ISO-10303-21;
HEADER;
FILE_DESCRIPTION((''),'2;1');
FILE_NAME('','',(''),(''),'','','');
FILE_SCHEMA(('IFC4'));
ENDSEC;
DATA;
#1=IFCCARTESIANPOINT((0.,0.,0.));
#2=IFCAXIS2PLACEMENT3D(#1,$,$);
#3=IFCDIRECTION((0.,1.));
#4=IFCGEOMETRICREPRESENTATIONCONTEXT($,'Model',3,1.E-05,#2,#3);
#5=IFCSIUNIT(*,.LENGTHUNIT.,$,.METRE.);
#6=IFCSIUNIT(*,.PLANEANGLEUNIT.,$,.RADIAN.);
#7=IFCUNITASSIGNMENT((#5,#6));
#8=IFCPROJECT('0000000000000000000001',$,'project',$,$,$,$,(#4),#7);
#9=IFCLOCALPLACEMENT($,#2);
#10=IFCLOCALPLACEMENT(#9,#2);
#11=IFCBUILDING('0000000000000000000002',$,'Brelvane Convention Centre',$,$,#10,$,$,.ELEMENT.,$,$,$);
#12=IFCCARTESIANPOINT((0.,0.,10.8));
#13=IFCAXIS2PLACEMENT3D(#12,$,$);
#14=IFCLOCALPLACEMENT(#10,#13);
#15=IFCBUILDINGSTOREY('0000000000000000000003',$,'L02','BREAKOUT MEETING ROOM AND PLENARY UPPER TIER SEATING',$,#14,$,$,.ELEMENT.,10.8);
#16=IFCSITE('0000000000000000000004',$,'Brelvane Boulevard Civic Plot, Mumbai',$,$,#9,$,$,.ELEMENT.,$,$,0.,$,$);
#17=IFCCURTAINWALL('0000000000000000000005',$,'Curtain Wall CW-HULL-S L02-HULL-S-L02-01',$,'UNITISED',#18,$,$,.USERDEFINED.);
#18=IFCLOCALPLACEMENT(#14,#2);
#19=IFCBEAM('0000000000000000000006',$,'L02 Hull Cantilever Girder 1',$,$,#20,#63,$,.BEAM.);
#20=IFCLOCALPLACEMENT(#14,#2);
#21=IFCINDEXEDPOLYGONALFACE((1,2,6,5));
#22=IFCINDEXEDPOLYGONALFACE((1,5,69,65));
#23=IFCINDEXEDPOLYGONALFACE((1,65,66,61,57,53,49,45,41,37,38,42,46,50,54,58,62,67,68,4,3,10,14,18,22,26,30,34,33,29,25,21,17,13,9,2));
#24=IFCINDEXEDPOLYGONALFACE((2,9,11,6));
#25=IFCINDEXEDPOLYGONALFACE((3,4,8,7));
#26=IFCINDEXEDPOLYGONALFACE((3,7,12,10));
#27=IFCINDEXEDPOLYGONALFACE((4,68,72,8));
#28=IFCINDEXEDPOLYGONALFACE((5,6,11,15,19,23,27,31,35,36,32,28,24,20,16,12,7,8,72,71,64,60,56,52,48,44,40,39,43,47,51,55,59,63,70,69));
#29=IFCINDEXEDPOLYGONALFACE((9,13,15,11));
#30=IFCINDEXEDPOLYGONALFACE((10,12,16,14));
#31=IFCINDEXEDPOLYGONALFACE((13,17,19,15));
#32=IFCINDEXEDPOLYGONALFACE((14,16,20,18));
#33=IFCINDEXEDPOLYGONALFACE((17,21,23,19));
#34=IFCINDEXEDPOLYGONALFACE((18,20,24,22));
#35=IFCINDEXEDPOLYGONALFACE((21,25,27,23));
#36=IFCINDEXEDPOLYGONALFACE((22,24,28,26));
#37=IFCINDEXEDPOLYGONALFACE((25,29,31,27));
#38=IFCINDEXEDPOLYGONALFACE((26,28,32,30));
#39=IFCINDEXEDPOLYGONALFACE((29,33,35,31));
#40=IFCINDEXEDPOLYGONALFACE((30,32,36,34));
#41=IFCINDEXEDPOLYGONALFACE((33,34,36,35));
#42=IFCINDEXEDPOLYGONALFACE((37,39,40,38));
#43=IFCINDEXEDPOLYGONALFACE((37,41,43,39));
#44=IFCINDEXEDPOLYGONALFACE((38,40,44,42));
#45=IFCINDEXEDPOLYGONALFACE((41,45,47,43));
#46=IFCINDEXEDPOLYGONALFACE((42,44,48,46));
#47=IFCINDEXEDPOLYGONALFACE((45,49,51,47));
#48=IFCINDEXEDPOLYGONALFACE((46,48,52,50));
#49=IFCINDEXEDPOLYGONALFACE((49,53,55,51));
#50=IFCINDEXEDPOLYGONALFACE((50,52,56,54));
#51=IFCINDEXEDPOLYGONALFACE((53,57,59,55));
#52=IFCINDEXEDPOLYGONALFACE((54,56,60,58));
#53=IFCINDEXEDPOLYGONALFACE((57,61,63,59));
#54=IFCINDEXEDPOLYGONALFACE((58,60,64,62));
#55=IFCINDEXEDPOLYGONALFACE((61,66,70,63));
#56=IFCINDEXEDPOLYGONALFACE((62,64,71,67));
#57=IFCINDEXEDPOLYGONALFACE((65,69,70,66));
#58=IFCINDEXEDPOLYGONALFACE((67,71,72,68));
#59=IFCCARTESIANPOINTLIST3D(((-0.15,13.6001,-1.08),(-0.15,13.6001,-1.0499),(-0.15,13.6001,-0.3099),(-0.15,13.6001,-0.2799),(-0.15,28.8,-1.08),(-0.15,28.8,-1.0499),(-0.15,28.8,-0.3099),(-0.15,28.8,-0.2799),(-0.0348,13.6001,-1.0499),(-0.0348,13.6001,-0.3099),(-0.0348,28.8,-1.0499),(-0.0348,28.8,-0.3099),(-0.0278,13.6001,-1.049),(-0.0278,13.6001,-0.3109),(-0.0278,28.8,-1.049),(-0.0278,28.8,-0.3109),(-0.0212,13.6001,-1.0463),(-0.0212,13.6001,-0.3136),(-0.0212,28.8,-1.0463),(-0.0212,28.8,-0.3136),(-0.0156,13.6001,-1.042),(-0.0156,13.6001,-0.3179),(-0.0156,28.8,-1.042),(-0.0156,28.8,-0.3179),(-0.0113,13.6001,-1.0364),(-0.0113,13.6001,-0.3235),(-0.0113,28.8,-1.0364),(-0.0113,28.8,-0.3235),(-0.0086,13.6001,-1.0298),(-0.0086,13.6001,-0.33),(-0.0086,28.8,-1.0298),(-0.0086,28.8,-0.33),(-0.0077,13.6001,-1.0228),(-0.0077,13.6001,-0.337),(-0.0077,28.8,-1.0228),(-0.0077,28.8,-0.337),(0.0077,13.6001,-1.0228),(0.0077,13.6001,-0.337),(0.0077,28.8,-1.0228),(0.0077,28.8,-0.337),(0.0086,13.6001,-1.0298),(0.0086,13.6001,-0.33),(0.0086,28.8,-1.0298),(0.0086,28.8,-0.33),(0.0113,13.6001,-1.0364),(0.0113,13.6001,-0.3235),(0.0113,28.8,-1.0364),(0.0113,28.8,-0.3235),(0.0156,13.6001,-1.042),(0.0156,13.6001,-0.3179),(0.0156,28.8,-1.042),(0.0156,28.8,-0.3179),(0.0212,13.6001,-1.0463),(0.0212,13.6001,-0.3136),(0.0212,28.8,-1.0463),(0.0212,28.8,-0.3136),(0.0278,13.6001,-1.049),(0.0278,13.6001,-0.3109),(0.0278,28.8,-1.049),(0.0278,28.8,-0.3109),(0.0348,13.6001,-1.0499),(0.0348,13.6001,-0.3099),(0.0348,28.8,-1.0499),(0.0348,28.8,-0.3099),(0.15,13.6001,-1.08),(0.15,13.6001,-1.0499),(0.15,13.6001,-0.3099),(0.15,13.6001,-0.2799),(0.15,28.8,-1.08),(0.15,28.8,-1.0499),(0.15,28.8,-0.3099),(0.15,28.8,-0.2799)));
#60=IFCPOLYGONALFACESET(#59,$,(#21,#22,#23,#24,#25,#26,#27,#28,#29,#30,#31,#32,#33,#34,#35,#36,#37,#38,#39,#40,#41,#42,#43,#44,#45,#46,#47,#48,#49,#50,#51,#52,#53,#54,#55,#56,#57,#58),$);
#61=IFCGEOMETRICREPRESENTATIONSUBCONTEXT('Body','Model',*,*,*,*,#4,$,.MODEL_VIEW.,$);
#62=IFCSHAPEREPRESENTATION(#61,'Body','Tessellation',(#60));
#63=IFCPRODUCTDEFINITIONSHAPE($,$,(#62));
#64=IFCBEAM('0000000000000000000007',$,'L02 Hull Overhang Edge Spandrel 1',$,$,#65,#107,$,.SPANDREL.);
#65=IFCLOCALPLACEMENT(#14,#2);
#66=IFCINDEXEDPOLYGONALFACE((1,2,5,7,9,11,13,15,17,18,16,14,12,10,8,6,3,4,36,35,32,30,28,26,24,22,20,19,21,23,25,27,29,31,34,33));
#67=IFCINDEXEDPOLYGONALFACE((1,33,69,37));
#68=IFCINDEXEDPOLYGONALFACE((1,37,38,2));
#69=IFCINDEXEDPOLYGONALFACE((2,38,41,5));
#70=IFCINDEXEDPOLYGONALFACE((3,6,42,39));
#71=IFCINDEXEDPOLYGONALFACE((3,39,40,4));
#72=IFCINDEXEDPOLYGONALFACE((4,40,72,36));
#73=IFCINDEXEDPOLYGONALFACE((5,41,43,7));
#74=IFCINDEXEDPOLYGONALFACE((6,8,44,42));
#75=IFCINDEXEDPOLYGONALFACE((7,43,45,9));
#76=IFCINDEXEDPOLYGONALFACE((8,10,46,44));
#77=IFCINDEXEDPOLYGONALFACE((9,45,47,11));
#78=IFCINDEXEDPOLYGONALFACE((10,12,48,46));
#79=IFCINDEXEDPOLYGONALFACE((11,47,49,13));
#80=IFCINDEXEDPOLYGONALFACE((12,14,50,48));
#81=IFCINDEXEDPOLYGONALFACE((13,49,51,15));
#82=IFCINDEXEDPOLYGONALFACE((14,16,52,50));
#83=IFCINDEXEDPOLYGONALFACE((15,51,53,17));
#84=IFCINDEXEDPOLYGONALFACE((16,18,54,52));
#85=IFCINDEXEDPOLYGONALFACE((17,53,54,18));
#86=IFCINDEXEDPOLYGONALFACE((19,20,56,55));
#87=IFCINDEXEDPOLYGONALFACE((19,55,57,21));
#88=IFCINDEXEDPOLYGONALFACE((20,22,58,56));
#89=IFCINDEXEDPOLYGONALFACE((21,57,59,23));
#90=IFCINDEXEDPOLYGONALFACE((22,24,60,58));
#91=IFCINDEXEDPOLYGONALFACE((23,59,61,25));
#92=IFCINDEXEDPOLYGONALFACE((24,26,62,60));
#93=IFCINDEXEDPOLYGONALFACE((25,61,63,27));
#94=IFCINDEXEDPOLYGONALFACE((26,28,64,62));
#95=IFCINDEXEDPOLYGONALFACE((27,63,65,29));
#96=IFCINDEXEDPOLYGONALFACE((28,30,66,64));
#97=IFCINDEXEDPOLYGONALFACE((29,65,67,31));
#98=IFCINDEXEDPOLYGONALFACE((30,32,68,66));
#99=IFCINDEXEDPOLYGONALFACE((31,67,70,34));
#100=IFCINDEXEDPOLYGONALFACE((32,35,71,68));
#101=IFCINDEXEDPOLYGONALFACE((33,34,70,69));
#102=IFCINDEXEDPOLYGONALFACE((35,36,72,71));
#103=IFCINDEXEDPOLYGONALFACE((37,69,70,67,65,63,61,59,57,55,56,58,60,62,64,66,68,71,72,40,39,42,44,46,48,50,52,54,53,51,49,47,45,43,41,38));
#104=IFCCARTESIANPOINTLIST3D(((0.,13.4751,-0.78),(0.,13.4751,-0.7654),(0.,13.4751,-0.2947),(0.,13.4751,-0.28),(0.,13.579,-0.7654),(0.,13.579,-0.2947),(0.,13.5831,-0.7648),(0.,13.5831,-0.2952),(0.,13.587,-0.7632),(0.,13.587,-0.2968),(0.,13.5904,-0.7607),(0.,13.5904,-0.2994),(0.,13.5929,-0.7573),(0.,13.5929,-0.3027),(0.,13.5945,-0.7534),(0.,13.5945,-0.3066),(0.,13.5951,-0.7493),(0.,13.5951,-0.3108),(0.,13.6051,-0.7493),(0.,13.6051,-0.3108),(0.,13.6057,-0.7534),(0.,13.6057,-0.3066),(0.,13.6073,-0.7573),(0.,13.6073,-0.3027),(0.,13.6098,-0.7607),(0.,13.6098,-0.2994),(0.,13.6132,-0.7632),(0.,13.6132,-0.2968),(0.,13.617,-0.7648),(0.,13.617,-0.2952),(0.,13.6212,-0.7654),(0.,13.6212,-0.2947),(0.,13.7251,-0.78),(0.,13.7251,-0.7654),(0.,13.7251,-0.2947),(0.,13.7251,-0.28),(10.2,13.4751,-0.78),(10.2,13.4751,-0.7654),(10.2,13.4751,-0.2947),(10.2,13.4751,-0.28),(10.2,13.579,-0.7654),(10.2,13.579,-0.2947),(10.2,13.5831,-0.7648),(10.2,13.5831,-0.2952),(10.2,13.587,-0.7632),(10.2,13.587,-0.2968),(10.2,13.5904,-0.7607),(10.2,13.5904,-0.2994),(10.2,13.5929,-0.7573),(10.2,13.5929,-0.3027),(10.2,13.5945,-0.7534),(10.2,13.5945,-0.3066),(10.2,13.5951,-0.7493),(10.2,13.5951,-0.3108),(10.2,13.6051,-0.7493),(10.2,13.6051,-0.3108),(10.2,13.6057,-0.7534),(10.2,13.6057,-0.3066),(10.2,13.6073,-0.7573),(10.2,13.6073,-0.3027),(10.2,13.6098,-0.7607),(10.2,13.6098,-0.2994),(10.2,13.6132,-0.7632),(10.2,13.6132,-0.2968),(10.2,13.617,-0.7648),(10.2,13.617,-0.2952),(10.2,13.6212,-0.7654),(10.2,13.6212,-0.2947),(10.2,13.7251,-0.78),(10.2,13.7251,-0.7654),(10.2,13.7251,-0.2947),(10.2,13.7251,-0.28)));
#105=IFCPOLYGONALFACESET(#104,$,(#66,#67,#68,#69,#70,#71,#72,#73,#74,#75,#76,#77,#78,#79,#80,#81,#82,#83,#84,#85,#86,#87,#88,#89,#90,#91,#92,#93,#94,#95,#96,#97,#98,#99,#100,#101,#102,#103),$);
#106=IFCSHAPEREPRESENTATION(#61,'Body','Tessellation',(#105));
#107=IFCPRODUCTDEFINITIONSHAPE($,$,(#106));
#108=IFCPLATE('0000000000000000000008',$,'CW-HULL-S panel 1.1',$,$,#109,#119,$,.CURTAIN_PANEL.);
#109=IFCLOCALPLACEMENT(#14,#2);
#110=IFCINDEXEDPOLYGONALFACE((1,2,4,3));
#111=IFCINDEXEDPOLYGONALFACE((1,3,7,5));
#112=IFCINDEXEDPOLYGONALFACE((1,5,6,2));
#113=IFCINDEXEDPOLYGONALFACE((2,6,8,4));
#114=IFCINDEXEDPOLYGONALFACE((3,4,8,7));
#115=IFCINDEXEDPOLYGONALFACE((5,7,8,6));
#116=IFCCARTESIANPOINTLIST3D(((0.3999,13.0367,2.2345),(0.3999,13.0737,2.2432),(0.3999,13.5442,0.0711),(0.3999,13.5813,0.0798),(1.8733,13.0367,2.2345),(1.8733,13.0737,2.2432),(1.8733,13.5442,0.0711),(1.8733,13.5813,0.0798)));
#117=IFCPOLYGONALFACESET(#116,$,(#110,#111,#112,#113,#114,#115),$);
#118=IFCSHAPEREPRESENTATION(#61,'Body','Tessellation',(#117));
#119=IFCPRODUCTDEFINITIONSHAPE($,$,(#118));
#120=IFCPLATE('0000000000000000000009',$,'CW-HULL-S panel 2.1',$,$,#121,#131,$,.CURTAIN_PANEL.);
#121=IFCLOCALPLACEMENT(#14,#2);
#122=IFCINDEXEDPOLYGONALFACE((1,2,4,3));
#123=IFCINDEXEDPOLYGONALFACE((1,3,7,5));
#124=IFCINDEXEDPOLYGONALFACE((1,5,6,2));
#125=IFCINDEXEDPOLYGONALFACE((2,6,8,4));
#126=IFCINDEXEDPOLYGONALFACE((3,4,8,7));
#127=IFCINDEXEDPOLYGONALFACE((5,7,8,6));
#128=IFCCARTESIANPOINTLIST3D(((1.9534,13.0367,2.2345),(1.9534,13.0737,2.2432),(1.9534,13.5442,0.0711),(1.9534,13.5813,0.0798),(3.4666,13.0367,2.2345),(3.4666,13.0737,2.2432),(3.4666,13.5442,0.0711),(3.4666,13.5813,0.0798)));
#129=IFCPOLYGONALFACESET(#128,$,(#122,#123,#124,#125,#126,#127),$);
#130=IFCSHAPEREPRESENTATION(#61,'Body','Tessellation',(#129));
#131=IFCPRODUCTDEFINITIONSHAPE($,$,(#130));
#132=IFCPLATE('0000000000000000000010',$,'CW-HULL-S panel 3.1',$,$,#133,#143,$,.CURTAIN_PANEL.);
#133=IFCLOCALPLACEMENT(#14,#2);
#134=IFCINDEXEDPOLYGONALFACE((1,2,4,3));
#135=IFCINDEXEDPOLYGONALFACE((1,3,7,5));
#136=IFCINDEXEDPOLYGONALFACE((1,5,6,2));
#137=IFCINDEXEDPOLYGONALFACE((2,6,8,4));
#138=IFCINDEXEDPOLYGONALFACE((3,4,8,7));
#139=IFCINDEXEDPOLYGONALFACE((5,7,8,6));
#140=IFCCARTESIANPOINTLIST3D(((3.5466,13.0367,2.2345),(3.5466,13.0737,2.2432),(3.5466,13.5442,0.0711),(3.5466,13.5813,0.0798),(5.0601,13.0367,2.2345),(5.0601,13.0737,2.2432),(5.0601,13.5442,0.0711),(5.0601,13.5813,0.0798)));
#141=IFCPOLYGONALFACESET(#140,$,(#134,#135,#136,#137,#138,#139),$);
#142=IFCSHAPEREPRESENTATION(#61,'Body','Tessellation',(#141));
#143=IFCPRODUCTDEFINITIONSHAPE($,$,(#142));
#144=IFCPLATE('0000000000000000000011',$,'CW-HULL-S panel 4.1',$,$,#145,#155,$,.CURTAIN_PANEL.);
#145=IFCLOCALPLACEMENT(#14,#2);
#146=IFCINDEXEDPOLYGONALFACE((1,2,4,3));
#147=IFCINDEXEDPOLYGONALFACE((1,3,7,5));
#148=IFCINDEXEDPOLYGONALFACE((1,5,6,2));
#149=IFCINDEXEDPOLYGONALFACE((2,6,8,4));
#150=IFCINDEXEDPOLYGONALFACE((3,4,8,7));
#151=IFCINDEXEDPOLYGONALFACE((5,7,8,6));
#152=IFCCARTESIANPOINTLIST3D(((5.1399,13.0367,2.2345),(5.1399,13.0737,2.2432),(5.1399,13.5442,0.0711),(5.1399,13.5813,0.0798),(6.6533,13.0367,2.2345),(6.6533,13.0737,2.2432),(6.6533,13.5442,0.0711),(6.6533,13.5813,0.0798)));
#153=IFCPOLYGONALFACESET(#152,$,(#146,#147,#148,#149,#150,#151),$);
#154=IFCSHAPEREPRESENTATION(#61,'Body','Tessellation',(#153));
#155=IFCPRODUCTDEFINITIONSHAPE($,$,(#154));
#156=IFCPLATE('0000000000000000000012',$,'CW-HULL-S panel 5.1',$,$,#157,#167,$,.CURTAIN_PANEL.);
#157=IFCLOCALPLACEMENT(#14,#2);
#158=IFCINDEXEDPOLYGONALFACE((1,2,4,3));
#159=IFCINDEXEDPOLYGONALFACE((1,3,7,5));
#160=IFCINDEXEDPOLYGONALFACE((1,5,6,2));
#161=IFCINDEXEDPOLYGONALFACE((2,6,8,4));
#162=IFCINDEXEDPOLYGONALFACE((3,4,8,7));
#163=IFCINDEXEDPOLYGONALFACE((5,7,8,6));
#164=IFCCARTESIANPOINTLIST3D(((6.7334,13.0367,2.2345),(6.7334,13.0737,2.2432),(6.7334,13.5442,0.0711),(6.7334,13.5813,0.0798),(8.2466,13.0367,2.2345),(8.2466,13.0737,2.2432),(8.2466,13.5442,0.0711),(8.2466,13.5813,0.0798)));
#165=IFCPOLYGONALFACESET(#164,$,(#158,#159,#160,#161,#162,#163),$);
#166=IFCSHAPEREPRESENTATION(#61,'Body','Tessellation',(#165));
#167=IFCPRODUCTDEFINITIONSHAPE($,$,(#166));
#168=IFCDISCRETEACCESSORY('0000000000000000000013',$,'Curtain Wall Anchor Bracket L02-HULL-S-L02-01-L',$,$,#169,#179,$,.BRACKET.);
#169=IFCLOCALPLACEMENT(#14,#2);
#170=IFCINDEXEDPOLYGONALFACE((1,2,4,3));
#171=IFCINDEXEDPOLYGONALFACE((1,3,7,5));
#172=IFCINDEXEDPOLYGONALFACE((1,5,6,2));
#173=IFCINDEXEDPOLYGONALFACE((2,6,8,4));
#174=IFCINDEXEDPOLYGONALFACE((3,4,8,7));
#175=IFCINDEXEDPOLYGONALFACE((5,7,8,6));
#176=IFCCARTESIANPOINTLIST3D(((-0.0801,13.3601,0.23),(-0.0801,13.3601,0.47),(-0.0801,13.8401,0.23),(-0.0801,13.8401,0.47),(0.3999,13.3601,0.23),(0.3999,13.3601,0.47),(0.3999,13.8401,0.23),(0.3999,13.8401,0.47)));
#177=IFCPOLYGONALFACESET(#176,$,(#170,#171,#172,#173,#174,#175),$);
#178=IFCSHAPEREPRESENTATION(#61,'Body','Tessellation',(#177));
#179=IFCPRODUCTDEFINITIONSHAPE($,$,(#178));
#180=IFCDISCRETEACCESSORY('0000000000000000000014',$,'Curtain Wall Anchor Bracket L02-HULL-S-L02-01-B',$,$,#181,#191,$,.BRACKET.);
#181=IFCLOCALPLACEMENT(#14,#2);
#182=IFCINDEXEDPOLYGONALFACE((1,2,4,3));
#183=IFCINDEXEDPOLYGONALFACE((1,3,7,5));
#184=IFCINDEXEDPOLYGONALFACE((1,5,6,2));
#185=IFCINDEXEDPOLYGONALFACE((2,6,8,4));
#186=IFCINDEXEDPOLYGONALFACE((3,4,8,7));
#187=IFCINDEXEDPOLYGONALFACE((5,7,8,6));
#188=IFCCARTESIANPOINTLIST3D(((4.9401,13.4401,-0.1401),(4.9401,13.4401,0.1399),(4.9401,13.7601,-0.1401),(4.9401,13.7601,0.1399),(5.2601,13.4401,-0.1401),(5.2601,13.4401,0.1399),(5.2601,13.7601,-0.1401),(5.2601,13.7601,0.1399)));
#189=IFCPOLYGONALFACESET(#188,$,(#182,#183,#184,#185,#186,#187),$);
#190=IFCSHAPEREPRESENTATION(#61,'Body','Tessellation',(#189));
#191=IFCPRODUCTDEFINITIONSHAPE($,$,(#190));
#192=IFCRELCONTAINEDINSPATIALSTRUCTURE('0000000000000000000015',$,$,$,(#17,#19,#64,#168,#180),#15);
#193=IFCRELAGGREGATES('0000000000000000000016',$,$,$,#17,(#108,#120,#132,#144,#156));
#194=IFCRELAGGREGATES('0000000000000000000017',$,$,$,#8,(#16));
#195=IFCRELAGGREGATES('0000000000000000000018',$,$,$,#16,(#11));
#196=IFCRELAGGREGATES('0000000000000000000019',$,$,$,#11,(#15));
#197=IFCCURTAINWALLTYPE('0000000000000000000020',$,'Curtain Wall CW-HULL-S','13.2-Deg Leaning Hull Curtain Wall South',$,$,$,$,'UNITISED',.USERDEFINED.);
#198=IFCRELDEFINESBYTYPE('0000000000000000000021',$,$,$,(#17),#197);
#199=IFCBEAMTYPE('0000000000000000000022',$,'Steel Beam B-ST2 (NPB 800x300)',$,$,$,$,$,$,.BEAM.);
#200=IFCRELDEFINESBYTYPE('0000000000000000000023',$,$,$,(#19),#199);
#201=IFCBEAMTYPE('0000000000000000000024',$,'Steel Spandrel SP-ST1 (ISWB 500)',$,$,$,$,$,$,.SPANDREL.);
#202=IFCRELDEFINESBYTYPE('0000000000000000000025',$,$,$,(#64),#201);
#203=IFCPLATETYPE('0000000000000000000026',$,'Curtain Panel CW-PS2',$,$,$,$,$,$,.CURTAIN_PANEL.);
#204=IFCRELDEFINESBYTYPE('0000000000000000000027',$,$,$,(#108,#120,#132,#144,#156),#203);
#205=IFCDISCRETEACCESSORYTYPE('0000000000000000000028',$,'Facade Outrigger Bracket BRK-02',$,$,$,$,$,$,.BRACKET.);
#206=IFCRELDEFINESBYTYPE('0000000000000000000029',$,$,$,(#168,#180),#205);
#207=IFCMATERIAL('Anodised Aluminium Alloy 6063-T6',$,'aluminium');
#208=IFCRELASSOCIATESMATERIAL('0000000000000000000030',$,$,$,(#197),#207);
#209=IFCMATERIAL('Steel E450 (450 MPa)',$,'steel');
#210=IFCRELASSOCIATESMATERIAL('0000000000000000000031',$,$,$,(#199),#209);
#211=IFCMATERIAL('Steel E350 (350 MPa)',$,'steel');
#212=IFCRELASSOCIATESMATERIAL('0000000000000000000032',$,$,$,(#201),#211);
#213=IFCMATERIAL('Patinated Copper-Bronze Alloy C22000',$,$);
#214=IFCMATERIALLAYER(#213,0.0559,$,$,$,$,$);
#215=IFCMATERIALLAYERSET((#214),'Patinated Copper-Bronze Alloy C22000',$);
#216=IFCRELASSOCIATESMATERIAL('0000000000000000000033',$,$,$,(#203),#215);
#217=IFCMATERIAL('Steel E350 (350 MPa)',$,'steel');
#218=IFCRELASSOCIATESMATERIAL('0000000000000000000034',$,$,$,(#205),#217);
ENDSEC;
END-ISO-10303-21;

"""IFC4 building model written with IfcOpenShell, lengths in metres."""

from ifc_helpers import new_model, si_unit, direction, frame, origin, origin_2d, place, context, subcontext, project, spatial, polyline, rectangle, i_section, outline, extrude, material, layer, layer_set, material_profile, profile_set, type_object, element, aggregate, save


model = new_model("IFC4")

# Units and contexts
model_context = context("Model", 3, precision=1e-05, world=origin(), true_north=direction((0.0, 1.0)))
body_context = subcontext(model_context, "Body", "Model", "MODEL_VIEW")
ifc_project = project(units=[si_unit("LENGTHUNIT", "METRE"), si_unit("PLANEANGLEUNIT", "RADIAN")], contexts=[model_context])

# Site, building, storey
site_placement = place(None, origin())
site = spatial("IfcSite", under=ifc_project, at=site_placement, Name="Brelvane Boulevard Civic Plot, Mumbai", CompositionType="ELEMENT", RefElevation=0.0)
building_placement = place(site_placement, origin())
building = spatial("IfcBuilding", under=site, at=building_placement, Name="Brelvane Convention Centre", CompositionType="ELEMENT")
storey_placement = place(building_placement, frame((0.0, 0.0, 10.8)))
storey = spatial("IfcBuildingStorey", under=building, at=storey_placement, Name="L02", Description="BREAKOUT MEETING ROOM AND PLENARY UPPER TIER SEATING", CompositionType="ELEMENT", Elevation=10.8)

# Curtain wall
ifc_material_1 = material(Name="Anodised Aluminium Alloy 6063-T6", Category="aluminium")
curtain_wall_type = type_object("IfcCurtainWallType", Name="Curtain Wall CW-HULL-S", Description="13.2-Deg Leaning Hull Curtain Wall South", ElementType="UNITISED", PredefinedType="USERDEFINED", material=ifc_material_1)
curtain_wall_1_placement = place(storey_placement, origin())
curtain_wall_1 = element("IfcCurtainWall", 1, at=curtain_wall_1_placement, inside=storey, type_object=curtain_wall_type, Name="Curtain Wall CW-HULL-S L02-HULL-S-L02-01", ObjectType="UNITISED", PredefinedType="USERDEFINED")

# Beams
ifc_material_2 = material(Name="Steel E450 (450 MPa)", Category="steel")
ifc_material_profile_1 = material_profile(ifc_material_2, i_section(OverallWidth=0.3, OverallDepth=0.8, WebThickness=0.0154, FlangeThickness=0.03, FilletRadius=0.0271, at=origin_2d()), Name="NPB 800x300")
ifc_profile_set_1 = profile_set([ifc_material_profile_1], Name="Steel E450 (450 MPa)")
beam_type_1 = type_object("IfcBeamType", Name="Steel Beam B-ST2 (NPB 800x300)", PredefinedType="BEAM", material=ifc_profile_set_1)
beam_1_placement = place(storey_placement, frame((0.0, 13.6001, -0.6799), z_axis=(0.0, 1.0, 0.0), x_axis=(-1.0, 0.0, 0.0)))
element("IfcBeam", 2, at=beam_1_placement, inside=storey, type_object=beam_type_1, Name="L02 Hull Cantilever Girder 1", PredefinedType="BEAM", context=body_context, shape_type="SweptSolid", body=[
    extrude(i_section(OverallWidth=0.3, OverallDepth=0.8, WebThickness=0.0154, FlangeThickness=0.03, FilletRadius=0.0271, at=origin_2d()), origin(), (0.0, 0.0, 1.0), 15.2),
])
ifc_material_3 = material(Name="Steel E350 (350 MPa)", Category="steel")
ifc_material_profile_2 = material_profile(ifc_material_3, i_section(OverallWidth=0.25, OverallDepth=0.5, WebThickness=0.01, FlangeThickness=0.0146, FilletRadius=0.0161, at=origin_2d()), Name="ISWB 500")
ifc_profile_set_2 = profile_set([ifc_material_profile_2], Name="Steel E350 (350 MPa)")
beam_type_2 = type_object("IfcBeamType", Name="Steel Spandrel SP-ST1 (ISWB 500)", PredefinedType="SPANDREL", material=ifc_profile_set_2)
beam_2_placement = place(storey_placement, frame((0.0, 13.6001, -0.53), z_axis=(1.0, 0.0, 0.0), x_axis=(0.0, 1.0, 0.0)))
element("IfcBeam", 3, at=beam_2_placement, inside=storey, type_object=beam_type_2, Name="L02 Hull Overhang Edge Spandrel 1", PredefinedType="SPANDREL", context=body_context, shape_type="SweptSolid", body=[
    extrude(i_section(OverallWidth=0.25, OverallDepth=0.5, WebThickness=0.01, FlangeThickness=0.0146, FilletRadius=0.0161, at=origin_2d()), origin(), (0.0, 0.0, 1.0), 10.2),
])

# Plates
ifc_material_4 = material(Name="Patinated Copper-Bronze Alloy C22000")
ifc_layer = layer(ifc_material_4, 0.0559)
ifc_layer_set = layer_set([ifc_layer], Name="Patinated Copper-Bronze Alloy C22000")
plate_type = type_object("IfcPlateType", Name="Curtain Panel CW-PS2", PredefinedType="CURTAIN_PANEL", material=ifc_layer_set)
plate_1_placement = place(storey_placement, frame((0.3999, 13.5813, 0.0798), z_axis=(0.0, 0.973563, 0.228421), x_axis=(1.0, 0.0, 0.0)))
plate_1 = element("IfcPlate", 4, at=plate_1_placement, type_object=plate_type, Name="CW-HULL-S panel 1.1", PredefinedType="CURTAIN_PANEL", context=body_context, shape_type="SweptSolid", body=[
    extrude(outline(polyline([(0.0, 0.0), (1.4734, 0.0), (1.4734, -2.2221), (0.0, -2.2221), (0.0, 0.0)])), origin(), (0.0, 0.0, -1.0), 0.0381),
])
plate_2_placement = place(storey_placement, frame((1.9534, 13.5813, 0.0798), z_axis=(0.0, 0.973563, 0.228421), x_axis=(1.0, 0.0, 0.0)))
plate_2 = element("IfcPlate", 5, at=plate_2_placement, type_object=plate_type, Name="CW-HULL-S panel 2.1", PredefinedType="CURTAIN_PANEL", context=body_context, shape_type="SweptSolid", body=[
    extrude(outline(polyline([(0.0, 0.0), (1.5132, 0.0), (1.5132, -2.2221), (0.0, -2.2221), (0.0, 0.0)])), origin(), (0.0, 0.0, -1.0), 0.0381),
])
plate_3_placement = place(storey_placement, frame((3.5466, 13.5813, 0.0798), z_axis=(0.0, 0.973563, 0.228421), x_axis=(1.0, 0.0, 0.0)))
plate_3 = element("IfcPlate", 6, at=plate_3_placement, type_object=plate_type, Name="CW-HULL-S panel 3.1", PredefinedType="CURTAIN_PANEL", context=body_context, shape_type="SweptSolid", body=[
    extrude(outline(polyline([(0.0, 0.0), (1.5134, 0.0), (1.5134, -2.2221), (0.0, -2.2221), (0.0, 0.0)])), origin(), (0.0, 0.0, -1.0), 0.0381),
])
plate_4_placement = place(storey_placement, frame((5.1399, 13.5813, 0.0798), z_axis=(0.0, 0.973563, 0.228421), x_axis=(1.0, 0.0, 0.0)))
plate_4 = element("IfcPlate", 7, at=plate_4_placement, type_object=plate_type, Name="CW-HULL-S panel 4.1", PredefinedType="CURTAIN_PANEL", context=body_context, shape_type="SweptSolid", body=[
    extrude(outline(polyline([(0.0, 0.0), (1.5134, 0.0), (1.5134, -2.2221), (0.0, -2.2221), (0.0, 0.0)])), origin(), (0.0, 0.0, -1.0), 0.0381),
])
plate_5_placement = place(storey_placement, frame((6.7334, 13.5813, 0.0798), z_axis=(0.0, 0.973563, 0.228421), x_axis=(1.0, 0.0, 0.0)))
plate_5 = element("IfcPlate", 8, at=plate_5_placement, type_object=plate_type, Name="CW-HULL-S panel 5.1", PredefinedType="CURTAIN_PANEL", context=body_context, shape_type="SweptSolid", body=[
    extrude(outline(polyline([(0.0, 0.0), (1.5132, 0.0), (1.5132, -2.2221), (0.0, -2.2221), (0.0, 0.0)])), origin(), (0.0, 0.0, -1.0), 0.0381),
])
aggregate(curtain_wall_1, [plate_1, plate_2, plate_3, plate_4, plate_5])

# Discrete accessories
ifc_material_5 = material(Name="Steel E350 (350 MPa)", Category="steel")
discrete_accessory_type = type_object("IfcDiscreteAccessoryType", Name="Facade Outrigger Bracket BRK-02", PredefinedType="BRACKET", material=ifc_material_5)
discrete_accessory_1_placement = place(storey_placement, frame((0.1599, 13.6001, 0.23), z_axis=(0.0, 0.0, 1.0), x_axis=(1.0, 0.0, 0.0)))
element("IfcDiscreteAccessory", 9, at=discrete_accessory_1_placement, inside=storey, type_object=discrete_accessory_type, Name="Curtain Wall Anchor Bracket L02-HULL-S-L02-01-L", PredefinedType="BRACKET", context=body_context, shape_type="SweptSolid", body=[
    extrude(rectangle(XDim=0.48, YDim=0.48, at=origin_2d()), origin(), (0.0, 0.0, 1.0), 0.24),
])
discrete_accessory_2_placement = place(storey_placement, frame((5.1001, 13.6001, -0.1401), z_axis=(0.0, 0.0, 1.0), x_axis=(1.0, 0.0, 0.0)))
element("IfcDiscreteAccessory", 10, at=discrete_accessory_2_placement, inside=storey, type_object=discrete_accessory_type, Name="Curtain Wall Anchor Bracket L02-HULL-S-L02-01-B", PredefinedType="BRACKET", context=body_context, shape_type="SweptSolid", body=[
    extrude(rectangle(XDim=0.3201, YDim=0.3201, at=origin_2d()), origin(), (0.0, 0.0, 1.0), 0.28),
])

save(model, "model.ifc")
